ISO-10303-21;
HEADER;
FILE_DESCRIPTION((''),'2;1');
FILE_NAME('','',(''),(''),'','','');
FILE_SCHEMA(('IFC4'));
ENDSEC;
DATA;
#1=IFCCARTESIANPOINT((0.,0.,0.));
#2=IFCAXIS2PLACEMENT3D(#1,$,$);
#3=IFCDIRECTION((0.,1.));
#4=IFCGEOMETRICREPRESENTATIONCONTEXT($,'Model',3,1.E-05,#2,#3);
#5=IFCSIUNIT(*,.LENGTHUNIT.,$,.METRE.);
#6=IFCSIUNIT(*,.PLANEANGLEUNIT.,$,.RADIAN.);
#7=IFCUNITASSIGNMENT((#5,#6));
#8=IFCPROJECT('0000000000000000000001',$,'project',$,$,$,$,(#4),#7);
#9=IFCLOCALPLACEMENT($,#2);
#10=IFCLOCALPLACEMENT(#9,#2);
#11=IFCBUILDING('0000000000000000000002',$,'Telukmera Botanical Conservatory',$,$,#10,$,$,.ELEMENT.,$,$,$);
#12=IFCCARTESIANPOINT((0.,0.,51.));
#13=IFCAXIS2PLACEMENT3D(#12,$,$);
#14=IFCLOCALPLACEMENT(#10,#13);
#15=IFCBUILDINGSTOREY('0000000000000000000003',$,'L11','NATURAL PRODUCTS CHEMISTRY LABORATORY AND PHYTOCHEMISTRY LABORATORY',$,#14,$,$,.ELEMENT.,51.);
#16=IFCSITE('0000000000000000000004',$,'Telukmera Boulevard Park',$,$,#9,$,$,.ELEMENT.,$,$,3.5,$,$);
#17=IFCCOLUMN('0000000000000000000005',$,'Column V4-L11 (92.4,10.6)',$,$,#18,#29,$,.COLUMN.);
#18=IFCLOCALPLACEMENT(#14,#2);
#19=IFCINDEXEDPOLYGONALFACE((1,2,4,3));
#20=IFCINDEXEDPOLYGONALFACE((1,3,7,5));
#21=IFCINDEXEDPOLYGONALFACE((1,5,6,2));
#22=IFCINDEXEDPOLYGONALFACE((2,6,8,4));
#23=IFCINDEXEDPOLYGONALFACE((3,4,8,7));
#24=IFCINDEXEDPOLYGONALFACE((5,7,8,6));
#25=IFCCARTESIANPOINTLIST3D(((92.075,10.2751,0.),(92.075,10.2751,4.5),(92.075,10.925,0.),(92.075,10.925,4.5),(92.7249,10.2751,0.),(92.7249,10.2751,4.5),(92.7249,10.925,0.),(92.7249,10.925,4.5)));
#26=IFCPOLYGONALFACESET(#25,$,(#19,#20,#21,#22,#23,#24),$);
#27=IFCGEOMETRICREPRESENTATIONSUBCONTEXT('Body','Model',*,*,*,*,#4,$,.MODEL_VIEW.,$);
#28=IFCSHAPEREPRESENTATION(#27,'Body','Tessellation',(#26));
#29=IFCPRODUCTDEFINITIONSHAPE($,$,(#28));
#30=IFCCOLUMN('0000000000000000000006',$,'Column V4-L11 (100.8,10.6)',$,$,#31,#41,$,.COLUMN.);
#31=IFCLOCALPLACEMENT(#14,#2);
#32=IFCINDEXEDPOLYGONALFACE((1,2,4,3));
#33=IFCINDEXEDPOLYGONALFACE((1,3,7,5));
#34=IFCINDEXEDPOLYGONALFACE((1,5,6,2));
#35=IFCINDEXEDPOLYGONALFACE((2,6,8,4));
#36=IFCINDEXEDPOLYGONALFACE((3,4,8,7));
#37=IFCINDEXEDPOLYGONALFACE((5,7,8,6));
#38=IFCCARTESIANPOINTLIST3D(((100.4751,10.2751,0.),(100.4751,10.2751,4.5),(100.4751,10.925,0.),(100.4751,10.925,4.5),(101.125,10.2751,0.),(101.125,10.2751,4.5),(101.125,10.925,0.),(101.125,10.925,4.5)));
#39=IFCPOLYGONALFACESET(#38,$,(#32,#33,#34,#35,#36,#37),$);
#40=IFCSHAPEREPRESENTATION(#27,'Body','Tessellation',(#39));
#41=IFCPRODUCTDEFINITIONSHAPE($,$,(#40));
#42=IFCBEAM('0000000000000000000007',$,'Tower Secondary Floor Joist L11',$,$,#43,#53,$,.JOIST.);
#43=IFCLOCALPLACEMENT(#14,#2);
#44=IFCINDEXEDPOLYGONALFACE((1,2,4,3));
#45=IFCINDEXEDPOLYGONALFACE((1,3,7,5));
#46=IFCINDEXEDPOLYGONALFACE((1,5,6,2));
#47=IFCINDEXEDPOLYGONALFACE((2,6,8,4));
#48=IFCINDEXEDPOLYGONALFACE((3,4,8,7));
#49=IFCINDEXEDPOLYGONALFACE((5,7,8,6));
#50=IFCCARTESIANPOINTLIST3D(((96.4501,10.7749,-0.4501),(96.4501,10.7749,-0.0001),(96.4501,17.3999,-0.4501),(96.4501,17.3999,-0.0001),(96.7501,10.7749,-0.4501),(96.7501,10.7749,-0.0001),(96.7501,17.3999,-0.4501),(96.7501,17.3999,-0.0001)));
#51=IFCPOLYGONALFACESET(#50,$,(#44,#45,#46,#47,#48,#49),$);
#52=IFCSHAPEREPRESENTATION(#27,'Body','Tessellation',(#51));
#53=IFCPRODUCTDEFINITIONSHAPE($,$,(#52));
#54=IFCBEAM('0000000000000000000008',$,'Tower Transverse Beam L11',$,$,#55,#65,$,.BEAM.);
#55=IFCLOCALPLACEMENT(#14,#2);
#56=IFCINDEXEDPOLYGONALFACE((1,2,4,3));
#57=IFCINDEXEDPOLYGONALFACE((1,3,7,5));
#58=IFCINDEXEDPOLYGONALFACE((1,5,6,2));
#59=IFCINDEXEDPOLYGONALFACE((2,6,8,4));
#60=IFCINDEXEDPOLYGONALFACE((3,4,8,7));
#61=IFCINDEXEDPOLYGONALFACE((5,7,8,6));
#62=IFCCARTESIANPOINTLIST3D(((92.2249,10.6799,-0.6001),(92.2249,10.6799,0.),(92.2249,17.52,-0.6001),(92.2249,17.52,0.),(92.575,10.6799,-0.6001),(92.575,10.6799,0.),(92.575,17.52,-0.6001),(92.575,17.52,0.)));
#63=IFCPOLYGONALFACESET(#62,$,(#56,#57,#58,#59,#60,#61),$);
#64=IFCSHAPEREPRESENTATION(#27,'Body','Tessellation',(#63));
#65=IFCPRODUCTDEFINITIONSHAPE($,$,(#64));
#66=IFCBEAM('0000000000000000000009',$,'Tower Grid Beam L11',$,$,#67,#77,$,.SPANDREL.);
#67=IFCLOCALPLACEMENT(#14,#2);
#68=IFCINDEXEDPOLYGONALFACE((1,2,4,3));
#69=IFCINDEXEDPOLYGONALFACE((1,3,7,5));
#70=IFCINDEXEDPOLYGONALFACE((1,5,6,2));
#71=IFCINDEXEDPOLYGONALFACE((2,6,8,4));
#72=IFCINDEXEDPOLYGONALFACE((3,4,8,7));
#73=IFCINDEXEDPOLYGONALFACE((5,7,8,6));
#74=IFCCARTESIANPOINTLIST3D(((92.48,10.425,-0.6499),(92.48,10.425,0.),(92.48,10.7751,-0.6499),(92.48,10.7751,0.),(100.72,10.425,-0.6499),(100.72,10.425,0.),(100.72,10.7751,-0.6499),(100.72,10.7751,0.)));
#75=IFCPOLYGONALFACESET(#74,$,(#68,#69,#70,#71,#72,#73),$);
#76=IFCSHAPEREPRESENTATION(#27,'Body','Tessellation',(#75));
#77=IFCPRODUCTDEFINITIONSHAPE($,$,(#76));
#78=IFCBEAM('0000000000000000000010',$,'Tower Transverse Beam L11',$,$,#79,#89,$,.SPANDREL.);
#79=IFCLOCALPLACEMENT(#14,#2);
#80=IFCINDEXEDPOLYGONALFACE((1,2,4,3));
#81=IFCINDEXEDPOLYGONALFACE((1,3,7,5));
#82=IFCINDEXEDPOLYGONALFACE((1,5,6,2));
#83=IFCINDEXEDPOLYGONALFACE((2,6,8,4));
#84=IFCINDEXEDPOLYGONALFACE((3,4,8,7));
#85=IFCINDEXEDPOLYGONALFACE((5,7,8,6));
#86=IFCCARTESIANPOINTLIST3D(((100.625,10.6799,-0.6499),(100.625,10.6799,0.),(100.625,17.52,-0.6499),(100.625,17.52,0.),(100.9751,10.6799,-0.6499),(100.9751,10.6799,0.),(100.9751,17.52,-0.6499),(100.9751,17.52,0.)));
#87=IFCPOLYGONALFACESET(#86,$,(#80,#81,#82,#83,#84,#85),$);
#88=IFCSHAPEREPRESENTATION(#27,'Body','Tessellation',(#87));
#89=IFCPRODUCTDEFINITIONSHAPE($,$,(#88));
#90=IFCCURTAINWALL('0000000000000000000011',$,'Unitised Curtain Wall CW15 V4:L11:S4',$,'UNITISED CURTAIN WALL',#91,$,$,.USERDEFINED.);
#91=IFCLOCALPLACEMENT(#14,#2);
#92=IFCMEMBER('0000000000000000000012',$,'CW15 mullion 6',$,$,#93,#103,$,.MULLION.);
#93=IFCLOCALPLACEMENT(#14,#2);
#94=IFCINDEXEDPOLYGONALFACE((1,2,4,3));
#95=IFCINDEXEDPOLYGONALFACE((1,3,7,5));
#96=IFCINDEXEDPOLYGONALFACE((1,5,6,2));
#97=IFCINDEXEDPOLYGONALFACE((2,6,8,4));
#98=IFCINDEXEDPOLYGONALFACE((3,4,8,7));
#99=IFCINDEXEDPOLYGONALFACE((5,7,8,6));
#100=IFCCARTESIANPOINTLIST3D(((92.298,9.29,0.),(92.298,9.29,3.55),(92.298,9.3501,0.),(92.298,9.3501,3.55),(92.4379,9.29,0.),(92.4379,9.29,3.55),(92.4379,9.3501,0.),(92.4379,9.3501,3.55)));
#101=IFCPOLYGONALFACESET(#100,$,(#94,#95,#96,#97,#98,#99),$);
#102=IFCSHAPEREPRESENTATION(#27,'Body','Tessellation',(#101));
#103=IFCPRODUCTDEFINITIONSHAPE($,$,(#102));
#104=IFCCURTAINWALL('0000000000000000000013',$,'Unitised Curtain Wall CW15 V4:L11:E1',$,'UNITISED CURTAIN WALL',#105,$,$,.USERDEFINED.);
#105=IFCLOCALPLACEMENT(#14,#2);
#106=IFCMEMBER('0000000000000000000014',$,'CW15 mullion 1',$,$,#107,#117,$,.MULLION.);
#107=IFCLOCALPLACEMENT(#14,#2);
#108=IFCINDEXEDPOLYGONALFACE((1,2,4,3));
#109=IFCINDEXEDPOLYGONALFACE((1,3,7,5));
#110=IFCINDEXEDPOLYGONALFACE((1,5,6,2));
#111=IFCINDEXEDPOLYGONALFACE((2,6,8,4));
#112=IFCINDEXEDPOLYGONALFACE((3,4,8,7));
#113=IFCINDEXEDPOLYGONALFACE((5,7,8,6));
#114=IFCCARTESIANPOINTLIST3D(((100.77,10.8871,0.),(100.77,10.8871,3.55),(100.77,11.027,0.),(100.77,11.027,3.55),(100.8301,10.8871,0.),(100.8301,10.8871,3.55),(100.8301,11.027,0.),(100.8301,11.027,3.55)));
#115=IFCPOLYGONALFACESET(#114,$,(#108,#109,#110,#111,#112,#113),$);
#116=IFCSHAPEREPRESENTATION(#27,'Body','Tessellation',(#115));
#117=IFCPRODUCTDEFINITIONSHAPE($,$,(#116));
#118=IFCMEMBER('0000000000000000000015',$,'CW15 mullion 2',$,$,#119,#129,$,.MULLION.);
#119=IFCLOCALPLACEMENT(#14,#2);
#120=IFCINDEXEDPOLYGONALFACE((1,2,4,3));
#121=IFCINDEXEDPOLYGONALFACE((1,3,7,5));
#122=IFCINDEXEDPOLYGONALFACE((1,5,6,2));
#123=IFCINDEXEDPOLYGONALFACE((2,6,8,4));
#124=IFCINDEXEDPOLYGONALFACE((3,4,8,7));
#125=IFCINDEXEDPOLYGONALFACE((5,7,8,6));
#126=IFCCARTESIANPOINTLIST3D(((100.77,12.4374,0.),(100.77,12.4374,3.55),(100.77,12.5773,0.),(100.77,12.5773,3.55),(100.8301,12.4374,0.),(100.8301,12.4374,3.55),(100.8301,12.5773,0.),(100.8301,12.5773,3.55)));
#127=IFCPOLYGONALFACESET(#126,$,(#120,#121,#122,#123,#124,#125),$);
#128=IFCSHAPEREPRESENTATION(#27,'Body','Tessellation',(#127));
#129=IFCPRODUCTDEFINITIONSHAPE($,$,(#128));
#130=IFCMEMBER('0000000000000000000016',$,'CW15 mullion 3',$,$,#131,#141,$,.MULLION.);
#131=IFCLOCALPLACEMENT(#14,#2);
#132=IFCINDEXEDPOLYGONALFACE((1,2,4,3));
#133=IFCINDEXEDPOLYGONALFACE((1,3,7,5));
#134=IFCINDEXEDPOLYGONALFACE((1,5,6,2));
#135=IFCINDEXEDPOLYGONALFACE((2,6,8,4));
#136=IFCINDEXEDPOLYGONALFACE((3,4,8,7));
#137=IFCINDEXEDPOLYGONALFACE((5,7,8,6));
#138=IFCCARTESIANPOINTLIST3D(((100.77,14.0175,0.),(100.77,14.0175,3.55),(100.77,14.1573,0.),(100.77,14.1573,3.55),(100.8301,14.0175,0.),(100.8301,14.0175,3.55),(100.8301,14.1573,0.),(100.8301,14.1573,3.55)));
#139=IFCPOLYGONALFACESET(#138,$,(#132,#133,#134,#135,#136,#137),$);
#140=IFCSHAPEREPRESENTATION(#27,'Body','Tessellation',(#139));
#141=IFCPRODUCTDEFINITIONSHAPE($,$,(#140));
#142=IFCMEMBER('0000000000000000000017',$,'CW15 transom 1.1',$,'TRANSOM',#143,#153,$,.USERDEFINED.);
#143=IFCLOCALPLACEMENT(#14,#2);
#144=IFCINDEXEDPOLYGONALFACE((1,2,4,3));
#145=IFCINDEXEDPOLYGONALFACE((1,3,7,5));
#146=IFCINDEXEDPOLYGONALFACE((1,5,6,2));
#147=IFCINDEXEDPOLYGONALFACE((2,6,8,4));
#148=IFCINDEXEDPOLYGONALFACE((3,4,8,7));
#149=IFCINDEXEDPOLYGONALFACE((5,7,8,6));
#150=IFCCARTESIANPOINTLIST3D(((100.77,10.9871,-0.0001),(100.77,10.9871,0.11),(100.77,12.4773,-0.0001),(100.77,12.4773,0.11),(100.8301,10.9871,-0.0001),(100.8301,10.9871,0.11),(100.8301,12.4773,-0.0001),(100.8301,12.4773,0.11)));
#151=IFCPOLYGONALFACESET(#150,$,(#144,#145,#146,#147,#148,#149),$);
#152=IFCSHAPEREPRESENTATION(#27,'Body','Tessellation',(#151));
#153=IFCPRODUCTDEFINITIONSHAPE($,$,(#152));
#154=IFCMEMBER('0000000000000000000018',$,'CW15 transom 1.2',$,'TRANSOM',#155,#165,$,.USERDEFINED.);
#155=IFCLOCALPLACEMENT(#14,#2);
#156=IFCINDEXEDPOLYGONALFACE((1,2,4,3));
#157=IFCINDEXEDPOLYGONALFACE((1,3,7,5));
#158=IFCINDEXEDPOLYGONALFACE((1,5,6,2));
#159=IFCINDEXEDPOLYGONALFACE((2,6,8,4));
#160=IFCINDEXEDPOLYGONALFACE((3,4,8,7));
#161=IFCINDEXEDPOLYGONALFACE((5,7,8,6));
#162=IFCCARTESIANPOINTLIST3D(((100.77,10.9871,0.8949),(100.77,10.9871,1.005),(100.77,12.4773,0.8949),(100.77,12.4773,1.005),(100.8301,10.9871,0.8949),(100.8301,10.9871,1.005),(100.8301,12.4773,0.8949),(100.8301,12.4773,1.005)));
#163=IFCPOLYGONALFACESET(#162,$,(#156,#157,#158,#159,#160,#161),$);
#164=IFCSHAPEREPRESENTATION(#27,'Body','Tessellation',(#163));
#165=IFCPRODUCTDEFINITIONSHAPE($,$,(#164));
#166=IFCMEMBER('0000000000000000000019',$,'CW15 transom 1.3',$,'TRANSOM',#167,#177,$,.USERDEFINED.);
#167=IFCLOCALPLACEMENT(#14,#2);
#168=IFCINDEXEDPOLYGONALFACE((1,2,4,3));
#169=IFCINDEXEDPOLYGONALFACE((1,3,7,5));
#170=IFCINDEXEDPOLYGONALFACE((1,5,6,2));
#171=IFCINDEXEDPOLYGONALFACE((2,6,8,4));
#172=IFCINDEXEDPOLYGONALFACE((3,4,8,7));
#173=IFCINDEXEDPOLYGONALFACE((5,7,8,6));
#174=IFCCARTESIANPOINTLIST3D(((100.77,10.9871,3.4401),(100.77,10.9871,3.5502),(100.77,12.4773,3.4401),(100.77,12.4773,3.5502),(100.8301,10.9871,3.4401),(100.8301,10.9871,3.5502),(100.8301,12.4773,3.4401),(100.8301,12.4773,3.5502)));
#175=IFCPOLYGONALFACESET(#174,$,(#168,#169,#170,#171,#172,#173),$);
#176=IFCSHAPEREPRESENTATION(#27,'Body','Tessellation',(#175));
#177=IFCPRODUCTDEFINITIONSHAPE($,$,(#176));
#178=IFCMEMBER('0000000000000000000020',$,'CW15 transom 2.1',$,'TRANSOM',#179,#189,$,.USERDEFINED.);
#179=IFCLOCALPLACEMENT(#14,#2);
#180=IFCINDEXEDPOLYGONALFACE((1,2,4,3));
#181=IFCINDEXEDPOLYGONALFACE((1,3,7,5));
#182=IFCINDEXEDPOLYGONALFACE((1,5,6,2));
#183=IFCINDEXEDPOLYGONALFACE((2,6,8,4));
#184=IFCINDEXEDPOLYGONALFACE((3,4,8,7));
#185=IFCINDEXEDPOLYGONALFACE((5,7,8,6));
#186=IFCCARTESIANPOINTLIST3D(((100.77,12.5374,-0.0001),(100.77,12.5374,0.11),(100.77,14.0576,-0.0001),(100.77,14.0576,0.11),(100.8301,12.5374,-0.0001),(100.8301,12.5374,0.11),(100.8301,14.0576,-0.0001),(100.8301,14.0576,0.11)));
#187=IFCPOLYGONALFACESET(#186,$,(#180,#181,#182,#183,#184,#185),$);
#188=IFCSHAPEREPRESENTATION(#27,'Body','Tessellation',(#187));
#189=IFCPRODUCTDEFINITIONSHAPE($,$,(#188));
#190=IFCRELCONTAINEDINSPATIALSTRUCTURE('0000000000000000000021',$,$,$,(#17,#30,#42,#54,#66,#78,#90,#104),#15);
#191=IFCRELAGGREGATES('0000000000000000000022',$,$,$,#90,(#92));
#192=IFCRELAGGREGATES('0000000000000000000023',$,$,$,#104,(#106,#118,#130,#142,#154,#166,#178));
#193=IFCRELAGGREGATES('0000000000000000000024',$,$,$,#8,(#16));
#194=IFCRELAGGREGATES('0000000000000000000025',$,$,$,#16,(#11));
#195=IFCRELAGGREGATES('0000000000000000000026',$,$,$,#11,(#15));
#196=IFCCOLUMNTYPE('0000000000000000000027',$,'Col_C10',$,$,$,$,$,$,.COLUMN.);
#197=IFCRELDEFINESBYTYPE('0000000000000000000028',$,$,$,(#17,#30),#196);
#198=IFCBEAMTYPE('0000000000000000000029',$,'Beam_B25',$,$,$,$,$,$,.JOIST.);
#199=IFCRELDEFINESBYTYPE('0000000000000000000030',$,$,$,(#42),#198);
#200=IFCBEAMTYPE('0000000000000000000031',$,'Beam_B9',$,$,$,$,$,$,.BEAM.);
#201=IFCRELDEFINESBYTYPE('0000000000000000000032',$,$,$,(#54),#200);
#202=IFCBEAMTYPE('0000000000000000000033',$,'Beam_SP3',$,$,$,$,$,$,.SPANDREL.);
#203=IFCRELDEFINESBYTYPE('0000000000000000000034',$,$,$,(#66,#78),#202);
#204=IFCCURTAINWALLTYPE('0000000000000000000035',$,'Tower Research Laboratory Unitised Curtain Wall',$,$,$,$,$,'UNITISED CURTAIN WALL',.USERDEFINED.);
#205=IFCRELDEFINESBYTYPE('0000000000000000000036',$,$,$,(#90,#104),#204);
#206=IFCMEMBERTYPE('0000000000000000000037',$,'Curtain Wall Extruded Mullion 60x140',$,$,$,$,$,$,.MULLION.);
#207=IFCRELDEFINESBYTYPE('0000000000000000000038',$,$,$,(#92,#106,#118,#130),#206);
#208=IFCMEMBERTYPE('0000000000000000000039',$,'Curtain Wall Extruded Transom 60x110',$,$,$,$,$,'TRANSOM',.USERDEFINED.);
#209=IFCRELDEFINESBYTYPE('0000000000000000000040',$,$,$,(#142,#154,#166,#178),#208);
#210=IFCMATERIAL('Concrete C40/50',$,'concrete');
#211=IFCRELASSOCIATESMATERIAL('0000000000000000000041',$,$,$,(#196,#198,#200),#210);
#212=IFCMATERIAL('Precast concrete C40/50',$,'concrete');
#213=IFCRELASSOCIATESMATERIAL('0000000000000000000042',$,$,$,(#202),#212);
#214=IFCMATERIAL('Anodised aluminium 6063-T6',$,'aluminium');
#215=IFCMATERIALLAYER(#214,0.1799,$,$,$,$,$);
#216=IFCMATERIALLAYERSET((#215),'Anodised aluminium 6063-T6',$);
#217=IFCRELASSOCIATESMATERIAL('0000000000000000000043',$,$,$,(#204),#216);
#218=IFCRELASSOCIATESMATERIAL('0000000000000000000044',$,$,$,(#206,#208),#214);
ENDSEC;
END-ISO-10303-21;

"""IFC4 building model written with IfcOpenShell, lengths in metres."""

from ifc_helpers import new_model, si_unit, direction, frame, origin, origin_2d, place, context, subcontext, project, spatial, rectangle, extrude, material, layer, layer_set, material_profile, profile_set, type_object, element, aggregate, save


model = new_model("IFC4")

# Units and contexts
model_context = context("Model", 3, precision=1e-05, world=origin(), true_north=direction((0.0, 1.0)))
body_context = subcontext(model_context, "Body", "Model", "MODEL_VIEW")
ifc_project = project(units=[si_unit("LENGTHUNIT", "METRE"), si_unit("PLANEANGLEUNIT", "RADIAN")], contexts=[model_context])

# Site, building, storey
site_placement = place(None, origin())
site = spatial("IfcSite", under=ifc_project, at=site_placement, Name="Telukmera Boulevard Park", CompositionType="ELEMENT", RefElevation=3.5)
building_placement = place(site_placement, origin())
building = spatial("IfcBuilding", under=site, at=building_placement, Name="Telukmera Botanical Conservatory", CompositionType="ELEMENT")
storey_placement = place(building_placement, frame((0.0, 0.0, 51.0)))
storey = spatial("IfcBuildingStorey", under=building, at=storey_placement, Name="L11", Description="NATURAL PRODUCTS CHEMISTRY LABORATORY AND PHYTOCHEMISTRY LABORATORY", CompositionType="ELEMENT", Elevation=51.0)

# Columns
ifc_material_1 = material(Name="Concrete C40/50", Category="concrete")
ifc_material_profile_1 = material_profile(ifc_material_1, rectangle(XDim=0.6499, YDim=0.6499, at=origin_2d()), Name="RC 650x650")
ifc_profile_set_1 = profile_set([ifc_material_profile_1], Name="Concrete C40/50")
column_type = type_object("IfcColumnType", Name="Col_C10", PredefinedType="COLUMN", material=ifc_profile_set_1)
for number, where, z_axis, x_axis, name in (
    (1, (92.3999, 10.6001, 0.0), (0.0, 0.0, 1.0), (1.0, 0.0, 0.0), "Column V4-L11 (92.4,10.6)"),
    (2, (100.8, 10.6001, 0.0), (0.0, 0.0, 1.0), (1.0, 0.0, 0.0), "Column V4-L11 (100.8,10.6)"),
):
    element("IfcColumn", number, at=place(storey_placement, frame(where, z_axis=z_axis, x_axis=x_axis)), inside=storey, type_object=column_type, Name=name, PredefinedType="COLUMN", context=body_context, shape_type="SweptSolid", body=[
        extrude(rectangle(XDim=0.6499, YDim=0.6499, at=origin_2d()), origin(), (0.0, 0.0, 1.0), 4.5),
    ])

# Beams
ifc_material_profile_2 = material_profile(ifc_material_1, rectangle(XDim=0.3, YDim=0.45, at=origin_2d()), Name="RC 300x450")
ifc_profile_set_2 = profile_set([ifc_material_profile_2], Name="Concrete C40/50")
beam_type_1 = type_object("IfcBeamType", Name="Beam_B25", PredefinedType="JOIST", material=ifc_profile_set_2)
beam_1_placement = place(storey_placement, frame((96.6001, 10.7749, -0.2251), z_axis=(0.0, 1.0, 0.0), x_axis=(-1.0, 0.0, 0.0)))
element("IfcBeam", 3, at=beam_1_placement, inside=storey, type_object=beam_type_1, Name="Tower Secondary Floor Joist L11", PredefinedType="JOIST", context=body_context, shape_type="SweptSolid", body=[
    extrude(rectangle(XDim=0.3, YDim=0.45, at=origin_2d()), origin(), (0.0, 0.0, 1.0), 6.625),
])
ifc_material_profile_3 = material_profile(ifc_material_1, rectangle(XDim=0.3501, YDim=0.6001, at=origin_2d()), Name="RC 350x600")
ifc_profile_set_3 = profile_set([ifc_material_profile_3], Name="Concrete C40/50")
beam_type_2 = type_object("IfcBeamType", Name="Beam_B9", PredefinedType="BEAM", material=ifc_profile_set_3)
beam_2_placement = place(storey_placement, frame((92.3999, 10.6799, -0.3), z_axis=(0.0, 1.0, 0.0), x_axis=(-1.0, 0.0, 0.0)))
element("IfcBeam", 4, at=beam_2_placement, inside=storey, type_object=beam_type_2, Name="Tower Transverse Beam L11", PredefinedType="BEAM", context=body_context, shape_type="SweptSolid", body=[
    extrude(rectangle(XDim=0.3501, YDim=0.6001, at=origin_2d()), origin(), (0.0, 0.0, 1.0), 6.8401),
])
ifc_material_2 = material(Name="Precast concrete C40/50", Category="concrete")
ifc_material_profile_4 = material_profile(ifc_material_2, rectangle(XDim=0.3501, YDim=0.6499, at=origin_2d()), Name="PC 350x650")
ifc_profile_set_4 = profile_set([ifc_material_profile_4], Name="Precast concrete C40/50")
beam_type_3 = type_object("IfcBeamType", Name="Beam_SP3", PredefinedType="SPANDREL", material=ifc_profile_set_4)
beam_3_placement = place(storey_placement, frame((92.48, 10.6001, -0.325), z_axis=(1.0, 0.0, 0.0), x_axis=(0.0, 1.0, 0.0)))
element("IfcBeam", 5, at=beam_3_placement, inside=storey, type_object=beam_type_3, Name="Tower Grid Beam L11", PredefinedType="SPANDREL", context=body_context, shape_type="SweptSolid", body=[
    extrude(rectangle(XDim=0.3501, YDim=0.6499, at=origin_2d()), origin(), (0.0, 0.0, 1.0), 8.24),
])
beam_4_placement = place(storey_placement, frame((100.8, 10.6799, -0.325), z_axis=(0.0, 1.0, 0.0), x_axis=(-1.0, 0.0, 0.0)))
element("IfcBeam", 6, at=beam_4_placement, inside=storey, type_object=beam_type_3, Name="Tower Transverse Beam L11", PredefinedType="SPANDREL", context=body_context, shape_type="SweptSolid", body=[
    extrude(rectangle(XDim=0.3501, YDim=0.6499, at=origin_2d()), origin(), (0.0, 0.0, 1.0), 6.8401),
])

# Curtain wall, member
ifc_material_3 = material(Name="Anodised aluminium 6063-T6", Category="aluminium")
ifc_layer_1 = layer(ifc_material_3, 0.1799)
ifc_layer_set_1 = layer_set([ifc_layer_1], Name="Anodised aluminium 6063-T6")
curtain_wall_type = type_object("IfcCurtainWallType", Name="Tower Research Laboratory Unitised Curtain Wall", ElementType="UNITISED CURTAIN WALL", PredefinedType="USERDEFINED", material=ifc_layer_set_1)
curtain_wall_1_placement = place(storey_placement, origin())
curtain_wall_1 = element("IfcCurtainWall", 7, at=curtain_wall_1_placement, inside=storey, type_object=curtain_wall_type, Name="Unitised Curtain Wall CW15 V4:L11:S4", ObjectType="UNITISED CURTAIN WALL", PredefinedType="USERDEFINED")
ifc_material_profile_5 = material_profile(ifc_material_3, rectangle(XDim=0.0601, YDim=0.1399, at=origin_2d()), Name="ALU MULL 60x140")
ifc_profile_set_5 = profile_set([ifc_material_profile_5], Name="Anodised aluminium 6063-T6")
member_type_1 = type_object("IfcMemberType", Name="Curtain Wall Extruded Mullion 60x140", PredefinedType="MULLION", material=ifc_profile_set_5)
member_1_placement = place(storey_placement, frame((92.3679, 9.3201, 0.0), z_axis=(0.0, 0.0, 1.0), x_axis=(0.0, 1.0, 0.0)))
member_1 = element("IfcMember", 8, at=member_1_placement, type_object=member_type_1, Name="CW15 mullion 6", PredefinedType="MULLION", context=body_context, shape_type="SweptSolid", body=[
    extrude(rectangle(XDim=0.0601, YDim=0.1399, at=origin_2d()), origin(), (0.0, 0.0, 1.0), 3.55),
])
aggregate(curtain_wall_1, [member_1])

# Curtain wall, members
curtain_wall_2_placement = place(storey_placement, origin())
curtain_wall_2 = element("IfcCurtainWall", 9, at=curtain_wall_2_placement, inside=storey, type_object=curtain_wall_type, Name="Unitised Curtain Wall CW15 V4:L11:E1", ObjectType="UNITISED CURTAIN WALL", PredefinedType="USERDEFINED")
member_2_placement = place(storey_placement, frame((100.8, 10.957, 0.0), z_axis=(0.0, 0.0, 1.0), x_axis=(-1.0, 0.0, 0.0)))
member_2 = element("IfcMember", 10, at=member_2_placement, type_object=member_type_1, Name="CW15 mullion 1", PredefinedType="MULLION", context=body_context, shape_type="SweptSolid", body=[
    extrude(rectangle(XDim=0.0601, YDim=0.1399, at=origin_2d()), origin(), (0.0, 0.0, 1.0), 3.55),
])
member_3_placement = place(storey_placement, frame((100.8, 12.5073, 0.0), z_axis=(0.0, 0.0, 1.0), x_axis=(-1.0, 0.0, 0.0)))
member_3 = element("IfcMember", 11, at=member_3_placement, type_object=member_type_1, Name="CW15 mullion 2", PredefinedType="MULLION", context=body_context, shape_type="SweptSolid", body=[
    extrude(rectangle(XDim=0.0601, YDim=0.1399, at=origin_2d()), origin(), (0.0, 0.0, 1.0), 3.55),
])
member_4_placement = place(storey_placement, frame((100.8, 14.0874, 0.0), z_axis=(0.0, 0.0, 1.0), x_axis=(-1.0, 0.0, 0.0)))
member_4 = element("IfcMember", 12, at=member_4_placement, type_object=member_type_1, Name="CW15 mullion 3", PredefinedType="MULLION", context=body_context, shape_type="SweptSolid", body=[
    extrude(rectangle(XDim=0.0601, YDim=0.1399, at=origin_2d()), origin(), (0.0, 0.0, 1.0), 3.55),
])
ifc_material_profile_6 = material_profile(ifc_material_3, rectangle(XDim=0.0601, YDim=0.1101, at=origin_2d()), Name="ALU TRAN 60x110")
ifc_profile_set_6 = profile_set([ifc_material_profile_6], Name="Anodised aluminium 6063-T6")
member_type_2 = type_object("IfcMemberType", Name="Curtain Wall Extruded Transom 60x110", ElementType="TRANSOM", PredefinedType="USERDEFINED", material=ifc_profile_set_6)
member_5_placement = place(storey_placement, frame((100.8, 10.9871, 0.0549), z_axis=(0.0, 1.0, 0.0), x_axis=(-1.0, 0.0, 0.0)))
member_5 = element("IfcMember", 13, at=member_5_placement, type_object=member_type_2, Name="CW15 transom 1.1", ObjectType="TRANSOM", PredefinedType="USERDEFINED", context=body_context, shape_type="SweptSolid", body=[
    extrude(rectangle(XDim=0.0601, YDim=0.1101, at=origin_2d()), origin(), (0.0, 0.0, 1.0), 1.4902),
])
member_6_placement = place(storey_placement, frame((100.8, 10.9871, 0.95), z_axis=(0.0, 1.0, 0.0), x_axis=(-1.0, 0.0, 0.0)))
member_6 = element("IfcMember", 14, at=member_6_placement, type_object=member_type_2, Name="CW15 transom 1.2", ObjectType="TRANSOM", PredefinedType="USERDEFINED", context=body_context, shape_type="SweptSolid", body=[
    extrude(rectangle(XDim=0.0601, YDim=0.1101, at=origin_2d()), origin(), (0.0, 0.0, 1.0), 1.4902),
])
member_7_placement = place(storey_placement, frame((100.8, 10.9871, 3.4951), z_axis=(0.0, 1.0, 0.0), x_axis=(-1.0, 0.0, 0.0)))
member_7 = element("IfcMember", 15, at=member_7_placement, type_object=member_type_2, Name="CW15 transom 1.3", ObjectType="TRANSOM", PredefinedType="USERDEFINED", context=body_context, shape_type="SweptSolid", body=[
    extrude(rectangle(XDim=0.0601, YDim=0.1101, at=origin_2d()), origin(), (0.0, 0.0, 1.0), 1.4902),
])
member_8_placement = place(storey_placement, frame((100.8, 12.5374, 0.0549), z_axis=(0.0, 1.0, 0.0), x_axis=(-1.0, 0.0, 0.0)))
member_8 = element("IfcMember", 16, at=member_8_placement, type_object=member_type_2, Name="CW15 transom 2.1", ObjectType="TRANSOM", PredefinedType="USERDEFINED", context=body_context, shape_type="SweptSolid", body=[
    extrude(rectangle(XDim=0.0601, YDim=0.1101, at=origin_2d()), origin(), (0.0, 0.0, 1.0), 1.5203),
])
aggregate(curtain_wall_2, [member_2, member_3, member_4, member_5, member_6, member_7, member_8])

save(model, "model.ifc")
